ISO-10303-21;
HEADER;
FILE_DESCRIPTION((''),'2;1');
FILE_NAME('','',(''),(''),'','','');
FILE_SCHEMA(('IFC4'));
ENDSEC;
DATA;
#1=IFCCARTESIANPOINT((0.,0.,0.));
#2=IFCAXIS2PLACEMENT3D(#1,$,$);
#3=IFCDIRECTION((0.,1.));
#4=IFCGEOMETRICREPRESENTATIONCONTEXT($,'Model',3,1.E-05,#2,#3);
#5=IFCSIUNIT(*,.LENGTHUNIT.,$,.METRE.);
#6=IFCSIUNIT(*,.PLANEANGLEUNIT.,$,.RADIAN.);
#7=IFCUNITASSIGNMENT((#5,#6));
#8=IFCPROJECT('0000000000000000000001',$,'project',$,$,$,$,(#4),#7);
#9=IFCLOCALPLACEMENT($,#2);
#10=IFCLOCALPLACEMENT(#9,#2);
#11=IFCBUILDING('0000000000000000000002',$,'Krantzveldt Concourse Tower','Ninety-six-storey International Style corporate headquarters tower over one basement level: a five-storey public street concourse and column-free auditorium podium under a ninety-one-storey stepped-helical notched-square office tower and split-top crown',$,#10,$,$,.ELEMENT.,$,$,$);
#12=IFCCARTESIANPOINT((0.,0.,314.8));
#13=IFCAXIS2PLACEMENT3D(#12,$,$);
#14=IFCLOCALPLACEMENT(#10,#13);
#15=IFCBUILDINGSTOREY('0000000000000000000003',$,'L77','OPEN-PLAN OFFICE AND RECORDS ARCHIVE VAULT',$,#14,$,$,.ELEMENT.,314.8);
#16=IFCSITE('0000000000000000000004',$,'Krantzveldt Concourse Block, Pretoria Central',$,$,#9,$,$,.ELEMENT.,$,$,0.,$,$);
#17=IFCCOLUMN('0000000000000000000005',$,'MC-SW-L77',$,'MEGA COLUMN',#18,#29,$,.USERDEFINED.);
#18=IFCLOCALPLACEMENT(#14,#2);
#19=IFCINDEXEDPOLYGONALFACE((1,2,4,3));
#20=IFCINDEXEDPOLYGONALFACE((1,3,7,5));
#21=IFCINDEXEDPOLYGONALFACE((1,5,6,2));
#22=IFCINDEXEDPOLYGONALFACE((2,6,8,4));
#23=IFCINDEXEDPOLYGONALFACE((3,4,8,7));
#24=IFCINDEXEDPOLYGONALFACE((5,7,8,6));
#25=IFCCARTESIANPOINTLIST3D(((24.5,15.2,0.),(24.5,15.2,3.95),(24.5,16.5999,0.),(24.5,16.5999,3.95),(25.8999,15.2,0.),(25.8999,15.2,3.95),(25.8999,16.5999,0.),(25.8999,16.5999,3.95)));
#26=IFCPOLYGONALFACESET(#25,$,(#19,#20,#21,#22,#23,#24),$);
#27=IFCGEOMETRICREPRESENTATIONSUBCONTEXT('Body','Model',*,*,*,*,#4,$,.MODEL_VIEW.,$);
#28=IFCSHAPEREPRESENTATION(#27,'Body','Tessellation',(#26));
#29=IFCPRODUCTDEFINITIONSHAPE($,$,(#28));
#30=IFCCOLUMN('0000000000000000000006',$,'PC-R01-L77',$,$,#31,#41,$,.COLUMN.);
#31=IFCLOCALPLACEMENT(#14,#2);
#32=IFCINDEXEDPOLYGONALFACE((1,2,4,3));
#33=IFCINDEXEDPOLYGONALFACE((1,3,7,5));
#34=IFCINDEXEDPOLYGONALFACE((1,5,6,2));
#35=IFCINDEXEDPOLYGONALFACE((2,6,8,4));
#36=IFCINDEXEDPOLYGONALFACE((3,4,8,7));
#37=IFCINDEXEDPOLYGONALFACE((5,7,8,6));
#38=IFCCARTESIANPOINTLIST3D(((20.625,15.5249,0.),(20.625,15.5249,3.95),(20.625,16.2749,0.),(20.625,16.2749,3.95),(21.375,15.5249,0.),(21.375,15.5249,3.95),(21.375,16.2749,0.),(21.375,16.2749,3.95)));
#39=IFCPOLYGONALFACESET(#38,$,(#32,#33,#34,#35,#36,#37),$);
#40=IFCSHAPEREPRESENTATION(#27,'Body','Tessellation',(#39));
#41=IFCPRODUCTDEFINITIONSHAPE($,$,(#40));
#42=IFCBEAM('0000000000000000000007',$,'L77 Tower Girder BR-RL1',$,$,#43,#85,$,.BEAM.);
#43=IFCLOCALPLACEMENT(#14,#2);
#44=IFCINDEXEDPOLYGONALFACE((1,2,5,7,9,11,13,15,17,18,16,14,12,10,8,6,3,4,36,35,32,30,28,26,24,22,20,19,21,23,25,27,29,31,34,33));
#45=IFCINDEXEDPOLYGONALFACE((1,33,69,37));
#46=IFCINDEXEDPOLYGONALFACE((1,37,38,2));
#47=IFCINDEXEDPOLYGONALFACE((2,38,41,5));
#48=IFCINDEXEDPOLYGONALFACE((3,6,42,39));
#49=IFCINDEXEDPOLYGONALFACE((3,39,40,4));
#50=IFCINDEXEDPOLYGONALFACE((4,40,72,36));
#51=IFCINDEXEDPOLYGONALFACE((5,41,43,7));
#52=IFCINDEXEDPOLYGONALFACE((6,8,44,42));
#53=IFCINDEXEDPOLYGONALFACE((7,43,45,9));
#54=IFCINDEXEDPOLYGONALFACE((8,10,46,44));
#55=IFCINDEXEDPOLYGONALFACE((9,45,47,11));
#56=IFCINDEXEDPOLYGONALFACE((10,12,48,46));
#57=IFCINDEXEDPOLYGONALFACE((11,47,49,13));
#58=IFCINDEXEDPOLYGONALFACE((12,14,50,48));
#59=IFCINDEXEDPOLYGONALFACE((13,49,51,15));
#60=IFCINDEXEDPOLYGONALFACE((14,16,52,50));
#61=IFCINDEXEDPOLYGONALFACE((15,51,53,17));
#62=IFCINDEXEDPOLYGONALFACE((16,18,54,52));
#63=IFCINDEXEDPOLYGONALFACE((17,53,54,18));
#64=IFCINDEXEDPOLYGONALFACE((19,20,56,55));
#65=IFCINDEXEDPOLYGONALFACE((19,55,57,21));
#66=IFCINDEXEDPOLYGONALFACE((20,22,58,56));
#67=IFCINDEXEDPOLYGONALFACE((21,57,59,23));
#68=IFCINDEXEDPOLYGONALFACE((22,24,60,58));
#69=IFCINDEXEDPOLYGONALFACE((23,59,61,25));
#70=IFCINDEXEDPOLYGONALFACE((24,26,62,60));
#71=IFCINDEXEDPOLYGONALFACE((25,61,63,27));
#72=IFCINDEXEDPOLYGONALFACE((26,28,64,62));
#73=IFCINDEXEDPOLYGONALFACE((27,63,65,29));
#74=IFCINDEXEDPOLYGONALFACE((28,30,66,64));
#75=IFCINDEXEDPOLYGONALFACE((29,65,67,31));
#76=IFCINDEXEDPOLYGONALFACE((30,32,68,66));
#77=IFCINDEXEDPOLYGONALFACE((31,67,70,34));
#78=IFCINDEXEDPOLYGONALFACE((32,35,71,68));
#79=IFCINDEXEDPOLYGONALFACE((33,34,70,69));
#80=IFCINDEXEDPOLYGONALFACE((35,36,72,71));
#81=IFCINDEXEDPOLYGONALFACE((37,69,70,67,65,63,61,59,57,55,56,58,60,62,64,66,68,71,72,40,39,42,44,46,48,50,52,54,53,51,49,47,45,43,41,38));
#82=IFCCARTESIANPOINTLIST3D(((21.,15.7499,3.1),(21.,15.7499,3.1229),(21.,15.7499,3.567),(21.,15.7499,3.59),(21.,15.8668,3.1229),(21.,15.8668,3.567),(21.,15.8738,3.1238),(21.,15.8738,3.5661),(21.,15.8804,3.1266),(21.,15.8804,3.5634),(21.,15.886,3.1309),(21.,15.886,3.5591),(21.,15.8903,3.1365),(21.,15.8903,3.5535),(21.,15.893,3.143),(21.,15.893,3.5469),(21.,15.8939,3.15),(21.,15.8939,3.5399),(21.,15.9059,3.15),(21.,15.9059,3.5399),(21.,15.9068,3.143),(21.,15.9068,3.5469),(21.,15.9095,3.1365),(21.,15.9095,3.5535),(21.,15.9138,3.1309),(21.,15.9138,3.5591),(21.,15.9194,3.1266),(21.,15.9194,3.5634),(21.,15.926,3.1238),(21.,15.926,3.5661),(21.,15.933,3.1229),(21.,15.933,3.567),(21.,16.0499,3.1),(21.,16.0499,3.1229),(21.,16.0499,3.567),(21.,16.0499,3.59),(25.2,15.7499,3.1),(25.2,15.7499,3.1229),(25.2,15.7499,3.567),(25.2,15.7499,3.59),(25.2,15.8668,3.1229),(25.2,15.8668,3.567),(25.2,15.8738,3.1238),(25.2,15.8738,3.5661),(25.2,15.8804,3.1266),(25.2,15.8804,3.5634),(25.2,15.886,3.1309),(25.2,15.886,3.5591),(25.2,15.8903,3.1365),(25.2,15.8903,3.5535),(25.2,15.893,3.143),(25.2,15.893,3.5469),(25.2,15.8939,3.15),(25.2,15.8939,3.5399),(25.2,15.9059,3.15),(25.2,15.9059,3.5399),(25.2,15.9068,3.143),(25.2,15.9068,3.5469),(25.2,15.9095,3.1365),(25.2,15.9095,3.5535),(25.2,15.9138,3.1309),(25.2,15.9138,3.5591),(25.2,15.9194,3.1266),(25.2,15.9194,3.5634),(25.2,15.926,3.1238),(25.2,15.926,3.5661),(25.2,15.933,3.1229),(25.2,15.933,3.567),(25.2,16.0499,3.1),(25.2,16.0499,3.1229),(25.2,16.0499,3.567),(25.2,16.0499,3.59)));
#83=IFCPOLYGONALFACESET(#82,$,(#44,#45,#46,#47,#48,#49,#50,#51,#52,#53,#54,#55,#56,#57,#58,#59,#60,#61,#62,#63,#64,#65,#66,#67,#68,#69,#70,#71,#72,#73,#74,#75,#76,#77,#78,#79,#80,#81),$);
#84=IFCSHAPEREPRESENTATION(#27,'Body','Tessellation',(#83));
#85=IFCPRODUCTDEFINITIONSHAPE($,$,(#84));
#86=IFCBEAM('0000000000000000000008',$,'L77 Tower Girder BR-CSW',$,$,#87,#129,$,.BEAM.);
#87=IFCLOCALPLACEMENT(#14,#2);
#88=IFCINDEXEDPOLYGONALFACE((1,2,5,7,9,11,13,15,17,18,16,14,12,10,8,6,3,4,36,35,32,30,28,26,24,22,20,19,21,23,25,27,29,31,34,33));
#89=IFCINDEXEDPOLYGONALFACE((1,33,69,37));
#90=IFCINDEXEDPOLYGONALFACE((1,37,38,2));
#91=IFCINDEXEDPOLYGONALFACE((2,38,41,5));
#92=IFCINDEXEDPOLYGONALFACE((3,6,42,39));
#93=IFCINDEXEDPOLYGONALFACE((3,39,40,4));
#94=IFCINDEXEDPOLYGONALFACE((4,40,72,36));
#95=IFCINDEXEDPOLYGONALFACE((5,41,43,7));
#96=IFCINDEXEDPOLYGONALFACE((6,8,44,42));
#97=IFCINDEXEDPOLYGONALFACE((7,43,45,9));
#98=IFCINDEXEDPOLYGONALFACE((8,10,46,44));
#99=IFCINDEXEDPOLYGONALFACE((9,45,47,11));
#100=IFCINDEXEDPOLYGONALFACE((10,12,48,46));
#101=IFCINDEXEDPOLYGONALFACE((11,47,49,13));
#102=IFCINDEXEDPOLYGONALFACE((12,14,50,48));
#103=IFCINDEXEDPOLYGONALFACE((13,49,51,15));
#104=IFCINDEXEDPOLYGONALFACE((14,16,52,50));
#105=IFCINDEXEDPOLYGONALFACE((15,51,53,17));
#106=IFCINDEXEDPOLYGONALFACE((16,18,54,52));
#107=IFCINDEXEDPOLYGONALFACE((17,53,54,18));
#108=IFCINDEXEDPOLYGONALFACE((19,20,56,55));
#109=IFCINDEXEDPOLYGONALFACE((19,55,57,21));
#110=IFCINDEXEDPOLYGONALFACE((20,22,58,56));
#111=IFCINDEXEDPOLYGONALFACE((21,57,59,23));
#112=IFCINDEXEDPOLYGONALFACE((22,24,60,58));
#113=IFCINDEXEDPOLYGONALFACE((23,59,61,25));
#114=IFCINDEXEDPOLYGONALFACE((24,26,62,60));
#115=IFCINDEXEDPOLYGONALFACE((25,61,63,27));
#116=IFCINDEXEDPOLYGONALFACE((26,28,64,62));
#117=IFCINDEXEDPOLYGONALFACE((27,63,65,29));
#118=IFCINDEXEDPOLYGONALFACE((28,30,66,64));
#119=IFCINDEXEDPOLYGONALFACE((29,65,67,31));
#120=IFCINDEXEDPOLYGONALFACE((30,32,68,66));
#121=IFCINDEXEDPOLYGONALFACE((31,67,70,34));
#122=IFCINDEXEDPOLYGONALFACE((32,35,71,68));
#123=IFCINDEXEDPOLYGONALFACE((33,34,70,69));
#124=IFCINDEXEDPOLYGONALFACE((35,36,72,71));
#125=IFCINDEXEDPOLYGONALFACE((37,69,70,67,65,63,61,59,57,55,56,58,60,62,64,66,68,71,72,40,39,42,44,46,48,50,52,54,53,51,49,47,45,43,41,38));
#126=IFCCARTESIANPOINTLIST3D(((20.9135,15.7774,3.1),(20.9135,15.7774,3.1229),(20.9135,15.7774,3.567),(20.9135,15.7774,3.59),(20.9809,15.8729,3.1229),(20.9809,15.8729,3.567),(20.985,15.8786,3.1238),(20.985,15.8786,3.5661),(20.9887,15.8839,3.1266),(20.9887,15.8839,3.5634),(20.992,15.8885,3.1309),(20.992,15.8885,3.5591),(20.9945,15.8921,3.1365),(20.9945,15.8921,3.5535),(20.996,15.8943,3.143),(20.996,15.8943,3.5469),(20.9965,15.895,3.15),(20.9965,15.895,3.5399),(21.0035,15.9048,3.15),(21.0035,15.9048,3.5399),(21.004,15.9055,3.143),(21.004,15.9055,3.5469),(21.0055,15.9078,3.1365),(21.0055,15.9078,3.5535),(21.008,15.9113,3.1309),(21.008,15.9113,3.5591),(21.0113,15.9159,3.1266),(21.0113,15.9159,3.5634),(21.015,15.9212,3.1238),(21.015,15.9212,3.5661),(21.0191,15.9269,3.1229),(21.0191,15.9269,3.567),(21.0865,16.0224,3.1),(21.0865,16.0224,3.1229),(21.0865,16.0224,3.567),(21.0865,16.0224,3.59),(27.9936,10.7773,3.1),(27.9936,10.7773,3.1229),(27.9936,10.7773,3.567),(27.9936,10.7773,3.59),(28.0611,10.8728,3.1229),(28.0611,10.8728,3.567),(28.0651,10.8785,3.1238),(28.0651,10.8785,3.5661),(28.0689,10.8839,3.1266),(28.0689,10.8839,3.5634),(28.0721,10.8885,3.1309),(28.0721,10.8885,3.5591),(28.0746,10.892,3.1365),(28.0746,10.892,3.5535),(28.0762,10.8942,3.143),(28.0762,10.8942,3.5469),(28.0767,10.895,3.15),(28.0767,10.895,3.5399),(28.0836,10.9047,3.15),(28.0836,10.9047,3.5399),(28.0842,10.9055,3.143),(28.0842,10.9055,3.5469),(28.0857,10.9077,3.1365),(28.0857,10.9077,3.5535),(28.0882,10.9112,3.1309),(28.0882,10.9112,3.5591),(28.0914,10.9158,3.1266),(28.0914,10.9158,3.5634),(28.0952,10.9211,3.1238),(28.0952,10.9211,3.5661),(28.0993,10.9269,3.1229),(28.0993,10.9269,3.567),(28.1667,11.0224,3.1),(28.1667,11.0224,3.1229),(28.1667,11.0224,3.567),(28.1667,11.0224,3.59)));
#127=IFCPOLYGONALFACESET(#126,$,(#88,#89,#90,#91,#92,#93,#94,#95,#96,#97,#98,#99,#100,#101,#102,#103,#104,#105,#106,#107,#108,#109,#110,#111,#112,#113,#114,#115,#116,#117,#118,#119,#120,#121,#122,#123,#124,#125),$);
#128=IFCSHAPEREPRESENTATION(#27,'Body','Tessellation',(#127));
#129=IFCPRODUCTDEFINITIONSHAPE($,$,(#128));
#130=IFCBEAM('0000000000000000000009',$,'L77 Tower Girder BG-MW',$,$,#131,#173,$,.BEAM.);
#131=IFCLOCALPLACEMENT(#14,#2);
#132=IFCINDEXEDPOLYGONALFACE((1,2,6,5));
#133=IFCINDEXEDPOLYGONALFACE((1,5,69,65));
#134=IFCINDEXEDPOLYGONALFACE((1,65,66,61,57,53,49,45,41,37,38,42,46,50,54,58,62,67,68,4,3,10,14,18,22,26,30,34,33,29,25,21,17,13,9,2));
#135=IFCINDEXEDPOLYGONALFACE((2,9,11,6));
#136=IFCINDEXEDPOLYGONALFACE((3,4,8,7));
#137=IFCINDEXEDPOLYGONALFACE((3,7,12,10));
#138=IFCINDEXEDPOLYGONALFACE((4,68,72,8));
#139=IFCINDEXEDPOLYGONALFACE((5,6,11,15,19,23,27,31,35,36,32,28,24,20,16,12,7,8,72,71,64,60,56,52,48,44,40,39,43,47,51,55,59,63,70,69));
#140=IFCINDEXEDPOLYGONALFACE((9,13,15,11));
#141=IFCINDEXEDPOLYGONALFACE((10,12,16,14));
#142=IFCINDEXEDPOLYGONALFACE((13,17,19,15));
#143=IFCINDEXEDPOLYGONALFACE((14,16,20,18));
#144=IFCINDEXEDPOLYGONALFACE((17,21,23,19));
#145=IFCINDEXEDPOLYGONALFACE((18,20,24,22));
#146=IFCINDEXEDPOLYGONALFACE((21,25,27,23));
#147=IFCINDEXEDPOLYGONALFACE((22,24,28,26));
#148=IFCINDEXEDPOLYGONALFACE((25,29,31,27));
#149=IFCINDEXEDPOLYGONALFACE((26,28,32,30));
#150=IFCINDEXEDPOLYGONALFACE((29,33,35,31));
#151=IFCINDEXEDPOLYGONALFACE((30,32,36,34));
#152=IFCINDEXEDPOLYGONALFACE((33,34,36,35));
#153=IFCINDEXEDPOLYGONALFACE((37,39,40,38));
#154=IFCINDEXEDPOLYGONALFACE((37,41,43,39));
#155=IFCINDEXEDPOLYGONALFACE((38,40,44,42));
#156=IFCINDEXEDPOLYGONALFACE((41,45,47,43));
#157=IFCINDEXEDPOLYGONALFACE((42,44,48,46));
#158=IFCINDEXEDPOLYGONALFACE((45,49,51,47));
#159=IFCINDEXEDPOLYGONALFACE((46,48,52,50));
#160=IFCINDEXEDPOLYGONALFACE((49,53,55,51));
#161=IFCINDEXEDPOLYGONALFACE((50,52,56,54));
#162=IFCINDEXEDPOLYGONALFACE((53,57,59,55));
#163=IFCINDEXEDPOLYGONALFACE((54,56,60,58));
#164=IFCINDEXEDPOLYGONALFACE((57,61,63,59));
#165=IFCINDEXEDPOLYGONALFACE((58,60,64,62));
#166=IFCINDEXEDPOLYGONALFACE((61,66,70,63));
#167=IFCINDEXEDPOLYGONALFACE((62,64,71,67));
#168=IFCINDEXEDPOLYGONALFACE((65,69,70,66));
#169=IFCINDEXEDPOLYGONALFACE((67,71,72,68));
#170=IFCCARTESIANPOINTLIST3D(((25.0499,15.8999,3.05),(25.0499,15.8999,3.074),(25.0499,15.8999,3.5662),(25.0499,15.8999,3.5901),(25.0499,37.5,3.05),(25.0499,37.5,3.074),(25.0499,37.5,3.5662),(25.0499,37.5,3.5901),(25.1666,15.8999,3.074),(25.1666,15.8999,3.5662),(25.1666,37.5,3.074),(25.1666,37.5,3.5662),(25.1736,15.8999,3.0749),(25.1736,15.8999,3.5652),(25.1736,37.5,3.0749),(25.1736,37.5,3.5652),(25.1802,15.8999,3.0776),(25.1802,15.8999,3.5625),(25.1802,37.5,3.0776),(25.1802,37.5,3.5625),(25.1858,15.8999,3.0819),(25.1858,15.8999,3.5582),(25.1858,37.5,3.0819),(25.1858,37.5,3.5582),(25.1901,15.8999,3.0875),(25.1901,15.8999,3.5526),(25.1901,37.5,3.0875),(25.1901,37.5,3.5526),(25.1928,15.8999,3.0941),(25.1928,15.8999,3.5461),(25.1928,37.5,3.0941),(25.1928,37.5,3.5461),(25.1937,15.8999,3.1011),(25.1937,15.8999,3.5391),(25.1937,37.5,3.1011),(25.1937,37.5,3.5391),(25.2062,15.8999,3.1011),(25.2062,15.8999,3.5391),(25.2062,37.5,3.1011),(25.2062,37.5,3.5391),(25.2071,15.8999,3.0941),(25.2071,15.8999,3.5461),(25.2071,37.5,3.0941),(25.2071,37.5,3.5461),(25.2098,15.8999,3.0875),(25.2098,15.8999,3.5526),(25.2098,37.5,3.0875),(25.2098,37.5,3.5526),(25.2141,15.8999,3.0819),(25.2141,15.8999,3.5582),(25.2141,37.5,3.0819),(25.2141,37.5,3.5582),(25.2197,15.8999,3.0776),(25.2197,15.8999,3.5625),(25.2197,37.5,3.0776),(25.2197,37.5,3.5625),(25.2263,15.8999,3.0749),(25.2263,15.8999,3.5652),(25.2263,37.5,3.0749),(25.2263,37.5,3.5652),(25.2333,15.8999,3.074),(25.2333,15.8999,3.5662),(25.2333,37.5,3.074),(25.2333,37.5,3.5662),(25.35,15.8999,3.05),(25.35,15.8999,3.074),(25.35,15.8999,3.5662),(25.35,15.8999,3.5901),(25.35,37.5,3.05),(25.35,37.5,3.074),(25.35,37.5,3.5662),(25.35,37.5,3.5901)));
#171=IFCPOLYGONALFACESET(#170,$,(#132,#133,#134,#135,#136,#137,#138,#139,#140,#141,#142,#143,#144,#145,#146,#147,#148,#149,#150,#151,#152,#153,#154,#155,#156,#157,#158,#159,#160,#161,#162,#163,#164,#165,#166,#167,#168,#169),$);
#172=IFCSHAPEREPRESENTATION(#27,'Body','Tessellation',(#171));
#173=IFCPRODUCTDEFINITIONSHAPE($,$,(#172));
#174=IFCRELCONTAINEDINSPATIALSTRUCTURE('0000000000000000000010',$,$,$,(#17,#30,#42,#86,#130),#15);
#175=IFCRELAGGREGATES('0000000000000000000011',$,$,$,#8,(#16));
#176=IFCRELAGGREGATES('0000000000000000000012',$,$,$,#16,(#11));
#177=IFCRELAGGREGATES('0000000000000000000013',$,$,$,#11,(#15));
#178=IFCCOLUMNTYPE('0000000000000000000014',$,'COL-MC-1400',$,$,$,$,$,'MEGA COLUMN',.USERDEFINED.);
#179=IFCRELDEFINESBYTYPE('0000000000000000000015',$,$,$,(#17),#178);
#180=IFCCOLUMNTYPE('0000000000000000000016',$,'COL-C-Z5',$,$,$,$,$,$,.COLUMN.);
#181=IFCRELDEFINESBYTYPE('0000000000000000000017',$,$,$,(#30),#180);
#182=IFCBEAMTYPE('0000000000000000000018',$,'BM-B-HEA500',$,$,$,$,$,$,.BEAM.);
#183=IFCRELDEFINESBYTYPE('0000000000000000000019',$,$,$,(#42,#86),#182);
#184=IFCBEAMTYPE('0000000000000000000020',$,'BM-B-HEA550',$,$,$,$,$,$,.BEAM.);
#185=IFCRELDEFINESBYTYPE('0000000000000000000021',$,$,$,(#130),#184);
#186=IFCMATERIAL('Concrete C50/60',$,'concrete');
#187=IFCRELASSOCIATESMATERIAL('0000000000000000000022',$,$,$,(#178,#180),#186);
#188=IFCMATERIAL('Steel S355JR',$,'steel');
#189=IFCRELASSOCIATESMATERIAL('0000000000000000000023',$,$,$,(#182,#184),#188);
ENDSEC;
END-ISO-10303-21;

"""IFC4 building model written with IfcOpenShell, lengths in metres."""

from ifc_helpers import new_model, si_unit, direction, frame, origin, origin_2d, place, context, subcontext, project, spatial, rectangle, i_section, extrude, source, transform, mapped, material, material_profile, profile_set, type_object, type_shapes, element, save


model = new_model("IFC4")

# Units and contexts
model_context = context("Model", 3, precision=1e-05, world=origin(), true_north=direction((0.0, 1.0)))
body_context = subcontext(model_context, "Body", "Model", "MODEL_VIEW")
ifc_project = project(units=[si_unit("LENGTHUNIT", "METRE"), si_unit("PLANEANGLEUNIT", "RADIAN")], contexts=[model_context])

# Site, building, storey
site_placement = place(None, origin())
site = spatial("IfcSite", under=ifc_project, at=site_placement, Name="Krantzveldt Concourse Block, Pretoria Central", CompositionType="ELEMENT", RefElevation=0.0)
building_placement = place(site_placement, origin())
building = spatial("IfcBuilding", under=site, at=building_placement, Name="Krantzveldt Concourse Tower", Description="Ninety-six-storey International Style corporate headquarters tower over one basement level: a five-storey public street concourse and column-free auditorium podium under a ninety-one-storey stepped-helical notched-square office tower and split-top crown", CompositionType="ELEMENT")
storey_placement = place(building_placement, frame((0.0, 0.0, 314.8)))
storey = spatial("IfcBuildingStorey", under=building, at=storey_placement, Name="L77", Description="OPEN-PLAN OFFICE AND RECORDS ARCHIVE VAULT", CompositionType="ELEMENT", Elevation=314.8)

# Columns
ifc_material_1 = material(Name="Concrete C50/60", Category="concrete")
ifc_material_profile_1 = material_profile(ifc_material_1, rectangle(XDim=1.3999, YDim=1.3999, at=origin_2d()), Name="Concrete C50/60", Category="concrete")
ifc_profile_set_1 = profile_set([ifc_material_profile_1], Name="Concrete C50/60 - RC 1400x1400")
column_type_1 = type_object("IfcColumnType", Name="COL-MC-1400", ElementType="MEGA COLUMN", PredefinedType="USERDEFINED", material=ifc_profile_set_1)
shared_shape_1 = source(origin(), body_context, "Body", "SweptSolid", [
    extrude(rectangle(XDim=1.3999, YDim=1.3999, at=origin_2d()), origin(), (0.0, 0.0, 1.0), 3.95),
])
type_shapes(column_type_1, [shared_shape_1])
column_1_placement = place(storey_placement, frame((25.2, 15.8999, 0.0), z_axis=(0.0, 0.0, 1.0), x_axis=(1.0, 0.0, 0.0)))
element("IfcColumn", 1, at=column_1_placement, inside=storey, type_object=column_type_1, Name="MC-SW-L77", ObjectType="MEGA COLUMN", PredefinedType="USERDEFINED", context=body_context, shape_type="MappedRepresentation", body=[
    mapped(shared_shape_1, transform((0.0, 0.0, 0.0), x_axis=(1.0, 0.0, 0.0), y_axis=(0.0, 1.0, 0.0), z_axis=(0.0, 0.0, 1.0), scale=1.0)),
])
ifc_material_profile_2 = material_profile(ifc_material_1, rectangle(XDim=0.75, YDim=0.75, at=origin_2d()), Name="Concrete C50/60", Category="concrete")
ifc_profile_set_2 = profile_set([ifc_material_profile_2], Name="Concrete C50/60 - RC 750x750")
column_type_2 = type_object("IfcColumnType", Name="COL-C-Z5", PredefinedType="COLUMN", material=ifc_profile_set_2)
shared_shape_2 = source(origin(), body_context, "Body", "SweptSolid", [
    extrude(rectangle(XDim=0.75, YDim=0.75, at=origin_2d()), origin(), (0.0, 0.0, 1.0), 3.95),
])
type_shapes(column_type_2, [shared_shape_2])
column_2_placement = place(storey_placement, frame((21.0, 15.8999, 0.0), z_axis=(0.0, 0.0, 1.0), x_axis=(1.0, 0.0, 0.0)))
element("IfcColumn", 2, at=column_2_placement, inside=storey, type_object=column_type_2, Name="PC-R01-L77", PredefinedType="COLUMN", context=body_context, shape_type="MappedRepresentation", body=[
    mapped(shared_shape_2, transform((0.0, 0.0, 0.0), x_axis=(1.0, 0.0, 0.0), y_axis=(0.0, 1.0, 0.0), z_axis=(0.0, 0.0, 1.0), scale=1.0)),
])

# Beams
ifc_material_2 = material(Name="Steel S355JR", Category="steel")
ifc_material_profile_3 = material_profile(ifc_material_2, i_section(OverallWidth=0.3, OverallDepth=0.49, WebThickness=0.012, FlangeThickness=0.0229, FilletRadius=0.0271, at=origin_2d()), Name="Steel S355JR", Category="steel")
ifc_profile_set_3 = profile_set([ifc_material_profile_3], Name="Steel S355JR - HEA 500")
beam_type_1 = type_object("IfcBeamType", Name="BM-B-HEA500", PredefinedType="BEAM", material=ifc_profile_set_3)
shared_shape_3 = source(origin(), body_context, "Body", "SweptSolid", [
    extrude(i_section(OverallWidth=0.3, OverallDepth=0.49, WebThickness=0.012, FlangeThickness=0.0229, FilletRadius=0.0271, at=origin_2d()), origin(), (0.0, 0.0, 1.0), 4.2),
])
beam_1_placement = place(storey_placement, frame((21.0, 15.8999, 3.345), z_axis=(1.0, 0.0, 0.0), x_axis=(0.0, 1.0, 0.0)))
element("IfcBeam", 3, at=beam_1_placement, inside=storey, type_object=beam_type_1, Name="L77 Tower Girder BR-RL1", PredefinedType="BEAM", context=body_context, shape_type="MappedRepresentation", body=[
    mapped(shared_shape_3, transform((0.0, 0.0, 0.0), x_axis=(1.0, 0.0, 0.0), y_axis=(0.0, 1.0, 0.0), z_axis=(0.0, 0.0, 1.0), scale=1.0)),
])
shared_shape_4 = source(origin(), body_context, "Body", "SweptSolid", [
    extrude(i_section(OverallWidth=0.3, OverallDepth=0.49, WebThickness=0.012, FlangeThickness=0.0229, FilletRadius=0.0271, at=origin_2d()), origin(), (0.0, 0.0, 1.0), 8.6677),
])
type_shapes(beam_type_1, [shared_shape_3, shared_shape_4])
beam_2_placement = place(storey_placement, frame((21.0, 15.8999, 3.345), z_axis=(0.816843, -0.57686, 0.0), x_axis=(0.57686, 0.816843, 0.0)))
element("IfcBeam", 4, at=beam_2_placement, inside=storey, type_object=beam_type_1, Name="L77 Tower Girder BR-CSW", PredefinedType="BEAM", context=body_context, shape_type="MappedRepresentation", body=[
    mapped(shared_shape_4, transform((0.0, 0.0, 0.0), x_axis=(1.0, 0.0, 0.0), y_axis=(0.0, 1.0, 0.0), z_axis=(0.0, 0.0, 1.0), scale=1.0)),
])
ifc_material_profile_4 = material_profile(ifc_material_2, i_section(OverallWidth=0.3, OverallDepth=0.54, WebThickness=0.0125, FlangeThickness=0.0239, FilletRadius=0.0271, at=origin_2d()), Name="Steel S355JR", Category="steel")
ifc_profile_set_4 = profile_set([ifc_material_profile_4], Name="Steel S355JR - HEA 550")
beam_type_2 = type_object("IfcBeamType", Name="BM-B-HEA550", PredefinedType="BEAM", material=ifc_profile_set_4)
shared_shape_5 = source(origin(), body_context, "Body", "SweptSolid", [
    extrude(i_section(OverallWidth=0.3, OverallDepth=0.54, WebThickness=0.0125, FlangeThickness=0.0239, FilletRadius=0.0271, at=origin_2d()), origin(), (0.0, 0.0, 1.0), 21.6001),
])
beam_3_placement = place(storey_placement, frame((25.2, 15.8999, 3.3201), z_axis=(0.0, 1.0, 0.0), x_axis=(-1.0, 0.0, 0.0)))
element("IfcBeam", 5, at=beam_3_placement, inside=storey, type_object=beam_type_2, Name="L77 Tower Girder BG-MW", PredefinedType="BEAM", context=body_context, shape_type="MappedRepresentation", body=[
    mapped(shared_shape_5, transform((0.0, 0.0, 0.0), x_axis=(1.0, 0.0, 0.0), y_axis=(0.0, 1.0, 0.0), z_axis=(0.0, 0.0, 1.0), scale=1.0)),
])

save(model, "model.ifc")
